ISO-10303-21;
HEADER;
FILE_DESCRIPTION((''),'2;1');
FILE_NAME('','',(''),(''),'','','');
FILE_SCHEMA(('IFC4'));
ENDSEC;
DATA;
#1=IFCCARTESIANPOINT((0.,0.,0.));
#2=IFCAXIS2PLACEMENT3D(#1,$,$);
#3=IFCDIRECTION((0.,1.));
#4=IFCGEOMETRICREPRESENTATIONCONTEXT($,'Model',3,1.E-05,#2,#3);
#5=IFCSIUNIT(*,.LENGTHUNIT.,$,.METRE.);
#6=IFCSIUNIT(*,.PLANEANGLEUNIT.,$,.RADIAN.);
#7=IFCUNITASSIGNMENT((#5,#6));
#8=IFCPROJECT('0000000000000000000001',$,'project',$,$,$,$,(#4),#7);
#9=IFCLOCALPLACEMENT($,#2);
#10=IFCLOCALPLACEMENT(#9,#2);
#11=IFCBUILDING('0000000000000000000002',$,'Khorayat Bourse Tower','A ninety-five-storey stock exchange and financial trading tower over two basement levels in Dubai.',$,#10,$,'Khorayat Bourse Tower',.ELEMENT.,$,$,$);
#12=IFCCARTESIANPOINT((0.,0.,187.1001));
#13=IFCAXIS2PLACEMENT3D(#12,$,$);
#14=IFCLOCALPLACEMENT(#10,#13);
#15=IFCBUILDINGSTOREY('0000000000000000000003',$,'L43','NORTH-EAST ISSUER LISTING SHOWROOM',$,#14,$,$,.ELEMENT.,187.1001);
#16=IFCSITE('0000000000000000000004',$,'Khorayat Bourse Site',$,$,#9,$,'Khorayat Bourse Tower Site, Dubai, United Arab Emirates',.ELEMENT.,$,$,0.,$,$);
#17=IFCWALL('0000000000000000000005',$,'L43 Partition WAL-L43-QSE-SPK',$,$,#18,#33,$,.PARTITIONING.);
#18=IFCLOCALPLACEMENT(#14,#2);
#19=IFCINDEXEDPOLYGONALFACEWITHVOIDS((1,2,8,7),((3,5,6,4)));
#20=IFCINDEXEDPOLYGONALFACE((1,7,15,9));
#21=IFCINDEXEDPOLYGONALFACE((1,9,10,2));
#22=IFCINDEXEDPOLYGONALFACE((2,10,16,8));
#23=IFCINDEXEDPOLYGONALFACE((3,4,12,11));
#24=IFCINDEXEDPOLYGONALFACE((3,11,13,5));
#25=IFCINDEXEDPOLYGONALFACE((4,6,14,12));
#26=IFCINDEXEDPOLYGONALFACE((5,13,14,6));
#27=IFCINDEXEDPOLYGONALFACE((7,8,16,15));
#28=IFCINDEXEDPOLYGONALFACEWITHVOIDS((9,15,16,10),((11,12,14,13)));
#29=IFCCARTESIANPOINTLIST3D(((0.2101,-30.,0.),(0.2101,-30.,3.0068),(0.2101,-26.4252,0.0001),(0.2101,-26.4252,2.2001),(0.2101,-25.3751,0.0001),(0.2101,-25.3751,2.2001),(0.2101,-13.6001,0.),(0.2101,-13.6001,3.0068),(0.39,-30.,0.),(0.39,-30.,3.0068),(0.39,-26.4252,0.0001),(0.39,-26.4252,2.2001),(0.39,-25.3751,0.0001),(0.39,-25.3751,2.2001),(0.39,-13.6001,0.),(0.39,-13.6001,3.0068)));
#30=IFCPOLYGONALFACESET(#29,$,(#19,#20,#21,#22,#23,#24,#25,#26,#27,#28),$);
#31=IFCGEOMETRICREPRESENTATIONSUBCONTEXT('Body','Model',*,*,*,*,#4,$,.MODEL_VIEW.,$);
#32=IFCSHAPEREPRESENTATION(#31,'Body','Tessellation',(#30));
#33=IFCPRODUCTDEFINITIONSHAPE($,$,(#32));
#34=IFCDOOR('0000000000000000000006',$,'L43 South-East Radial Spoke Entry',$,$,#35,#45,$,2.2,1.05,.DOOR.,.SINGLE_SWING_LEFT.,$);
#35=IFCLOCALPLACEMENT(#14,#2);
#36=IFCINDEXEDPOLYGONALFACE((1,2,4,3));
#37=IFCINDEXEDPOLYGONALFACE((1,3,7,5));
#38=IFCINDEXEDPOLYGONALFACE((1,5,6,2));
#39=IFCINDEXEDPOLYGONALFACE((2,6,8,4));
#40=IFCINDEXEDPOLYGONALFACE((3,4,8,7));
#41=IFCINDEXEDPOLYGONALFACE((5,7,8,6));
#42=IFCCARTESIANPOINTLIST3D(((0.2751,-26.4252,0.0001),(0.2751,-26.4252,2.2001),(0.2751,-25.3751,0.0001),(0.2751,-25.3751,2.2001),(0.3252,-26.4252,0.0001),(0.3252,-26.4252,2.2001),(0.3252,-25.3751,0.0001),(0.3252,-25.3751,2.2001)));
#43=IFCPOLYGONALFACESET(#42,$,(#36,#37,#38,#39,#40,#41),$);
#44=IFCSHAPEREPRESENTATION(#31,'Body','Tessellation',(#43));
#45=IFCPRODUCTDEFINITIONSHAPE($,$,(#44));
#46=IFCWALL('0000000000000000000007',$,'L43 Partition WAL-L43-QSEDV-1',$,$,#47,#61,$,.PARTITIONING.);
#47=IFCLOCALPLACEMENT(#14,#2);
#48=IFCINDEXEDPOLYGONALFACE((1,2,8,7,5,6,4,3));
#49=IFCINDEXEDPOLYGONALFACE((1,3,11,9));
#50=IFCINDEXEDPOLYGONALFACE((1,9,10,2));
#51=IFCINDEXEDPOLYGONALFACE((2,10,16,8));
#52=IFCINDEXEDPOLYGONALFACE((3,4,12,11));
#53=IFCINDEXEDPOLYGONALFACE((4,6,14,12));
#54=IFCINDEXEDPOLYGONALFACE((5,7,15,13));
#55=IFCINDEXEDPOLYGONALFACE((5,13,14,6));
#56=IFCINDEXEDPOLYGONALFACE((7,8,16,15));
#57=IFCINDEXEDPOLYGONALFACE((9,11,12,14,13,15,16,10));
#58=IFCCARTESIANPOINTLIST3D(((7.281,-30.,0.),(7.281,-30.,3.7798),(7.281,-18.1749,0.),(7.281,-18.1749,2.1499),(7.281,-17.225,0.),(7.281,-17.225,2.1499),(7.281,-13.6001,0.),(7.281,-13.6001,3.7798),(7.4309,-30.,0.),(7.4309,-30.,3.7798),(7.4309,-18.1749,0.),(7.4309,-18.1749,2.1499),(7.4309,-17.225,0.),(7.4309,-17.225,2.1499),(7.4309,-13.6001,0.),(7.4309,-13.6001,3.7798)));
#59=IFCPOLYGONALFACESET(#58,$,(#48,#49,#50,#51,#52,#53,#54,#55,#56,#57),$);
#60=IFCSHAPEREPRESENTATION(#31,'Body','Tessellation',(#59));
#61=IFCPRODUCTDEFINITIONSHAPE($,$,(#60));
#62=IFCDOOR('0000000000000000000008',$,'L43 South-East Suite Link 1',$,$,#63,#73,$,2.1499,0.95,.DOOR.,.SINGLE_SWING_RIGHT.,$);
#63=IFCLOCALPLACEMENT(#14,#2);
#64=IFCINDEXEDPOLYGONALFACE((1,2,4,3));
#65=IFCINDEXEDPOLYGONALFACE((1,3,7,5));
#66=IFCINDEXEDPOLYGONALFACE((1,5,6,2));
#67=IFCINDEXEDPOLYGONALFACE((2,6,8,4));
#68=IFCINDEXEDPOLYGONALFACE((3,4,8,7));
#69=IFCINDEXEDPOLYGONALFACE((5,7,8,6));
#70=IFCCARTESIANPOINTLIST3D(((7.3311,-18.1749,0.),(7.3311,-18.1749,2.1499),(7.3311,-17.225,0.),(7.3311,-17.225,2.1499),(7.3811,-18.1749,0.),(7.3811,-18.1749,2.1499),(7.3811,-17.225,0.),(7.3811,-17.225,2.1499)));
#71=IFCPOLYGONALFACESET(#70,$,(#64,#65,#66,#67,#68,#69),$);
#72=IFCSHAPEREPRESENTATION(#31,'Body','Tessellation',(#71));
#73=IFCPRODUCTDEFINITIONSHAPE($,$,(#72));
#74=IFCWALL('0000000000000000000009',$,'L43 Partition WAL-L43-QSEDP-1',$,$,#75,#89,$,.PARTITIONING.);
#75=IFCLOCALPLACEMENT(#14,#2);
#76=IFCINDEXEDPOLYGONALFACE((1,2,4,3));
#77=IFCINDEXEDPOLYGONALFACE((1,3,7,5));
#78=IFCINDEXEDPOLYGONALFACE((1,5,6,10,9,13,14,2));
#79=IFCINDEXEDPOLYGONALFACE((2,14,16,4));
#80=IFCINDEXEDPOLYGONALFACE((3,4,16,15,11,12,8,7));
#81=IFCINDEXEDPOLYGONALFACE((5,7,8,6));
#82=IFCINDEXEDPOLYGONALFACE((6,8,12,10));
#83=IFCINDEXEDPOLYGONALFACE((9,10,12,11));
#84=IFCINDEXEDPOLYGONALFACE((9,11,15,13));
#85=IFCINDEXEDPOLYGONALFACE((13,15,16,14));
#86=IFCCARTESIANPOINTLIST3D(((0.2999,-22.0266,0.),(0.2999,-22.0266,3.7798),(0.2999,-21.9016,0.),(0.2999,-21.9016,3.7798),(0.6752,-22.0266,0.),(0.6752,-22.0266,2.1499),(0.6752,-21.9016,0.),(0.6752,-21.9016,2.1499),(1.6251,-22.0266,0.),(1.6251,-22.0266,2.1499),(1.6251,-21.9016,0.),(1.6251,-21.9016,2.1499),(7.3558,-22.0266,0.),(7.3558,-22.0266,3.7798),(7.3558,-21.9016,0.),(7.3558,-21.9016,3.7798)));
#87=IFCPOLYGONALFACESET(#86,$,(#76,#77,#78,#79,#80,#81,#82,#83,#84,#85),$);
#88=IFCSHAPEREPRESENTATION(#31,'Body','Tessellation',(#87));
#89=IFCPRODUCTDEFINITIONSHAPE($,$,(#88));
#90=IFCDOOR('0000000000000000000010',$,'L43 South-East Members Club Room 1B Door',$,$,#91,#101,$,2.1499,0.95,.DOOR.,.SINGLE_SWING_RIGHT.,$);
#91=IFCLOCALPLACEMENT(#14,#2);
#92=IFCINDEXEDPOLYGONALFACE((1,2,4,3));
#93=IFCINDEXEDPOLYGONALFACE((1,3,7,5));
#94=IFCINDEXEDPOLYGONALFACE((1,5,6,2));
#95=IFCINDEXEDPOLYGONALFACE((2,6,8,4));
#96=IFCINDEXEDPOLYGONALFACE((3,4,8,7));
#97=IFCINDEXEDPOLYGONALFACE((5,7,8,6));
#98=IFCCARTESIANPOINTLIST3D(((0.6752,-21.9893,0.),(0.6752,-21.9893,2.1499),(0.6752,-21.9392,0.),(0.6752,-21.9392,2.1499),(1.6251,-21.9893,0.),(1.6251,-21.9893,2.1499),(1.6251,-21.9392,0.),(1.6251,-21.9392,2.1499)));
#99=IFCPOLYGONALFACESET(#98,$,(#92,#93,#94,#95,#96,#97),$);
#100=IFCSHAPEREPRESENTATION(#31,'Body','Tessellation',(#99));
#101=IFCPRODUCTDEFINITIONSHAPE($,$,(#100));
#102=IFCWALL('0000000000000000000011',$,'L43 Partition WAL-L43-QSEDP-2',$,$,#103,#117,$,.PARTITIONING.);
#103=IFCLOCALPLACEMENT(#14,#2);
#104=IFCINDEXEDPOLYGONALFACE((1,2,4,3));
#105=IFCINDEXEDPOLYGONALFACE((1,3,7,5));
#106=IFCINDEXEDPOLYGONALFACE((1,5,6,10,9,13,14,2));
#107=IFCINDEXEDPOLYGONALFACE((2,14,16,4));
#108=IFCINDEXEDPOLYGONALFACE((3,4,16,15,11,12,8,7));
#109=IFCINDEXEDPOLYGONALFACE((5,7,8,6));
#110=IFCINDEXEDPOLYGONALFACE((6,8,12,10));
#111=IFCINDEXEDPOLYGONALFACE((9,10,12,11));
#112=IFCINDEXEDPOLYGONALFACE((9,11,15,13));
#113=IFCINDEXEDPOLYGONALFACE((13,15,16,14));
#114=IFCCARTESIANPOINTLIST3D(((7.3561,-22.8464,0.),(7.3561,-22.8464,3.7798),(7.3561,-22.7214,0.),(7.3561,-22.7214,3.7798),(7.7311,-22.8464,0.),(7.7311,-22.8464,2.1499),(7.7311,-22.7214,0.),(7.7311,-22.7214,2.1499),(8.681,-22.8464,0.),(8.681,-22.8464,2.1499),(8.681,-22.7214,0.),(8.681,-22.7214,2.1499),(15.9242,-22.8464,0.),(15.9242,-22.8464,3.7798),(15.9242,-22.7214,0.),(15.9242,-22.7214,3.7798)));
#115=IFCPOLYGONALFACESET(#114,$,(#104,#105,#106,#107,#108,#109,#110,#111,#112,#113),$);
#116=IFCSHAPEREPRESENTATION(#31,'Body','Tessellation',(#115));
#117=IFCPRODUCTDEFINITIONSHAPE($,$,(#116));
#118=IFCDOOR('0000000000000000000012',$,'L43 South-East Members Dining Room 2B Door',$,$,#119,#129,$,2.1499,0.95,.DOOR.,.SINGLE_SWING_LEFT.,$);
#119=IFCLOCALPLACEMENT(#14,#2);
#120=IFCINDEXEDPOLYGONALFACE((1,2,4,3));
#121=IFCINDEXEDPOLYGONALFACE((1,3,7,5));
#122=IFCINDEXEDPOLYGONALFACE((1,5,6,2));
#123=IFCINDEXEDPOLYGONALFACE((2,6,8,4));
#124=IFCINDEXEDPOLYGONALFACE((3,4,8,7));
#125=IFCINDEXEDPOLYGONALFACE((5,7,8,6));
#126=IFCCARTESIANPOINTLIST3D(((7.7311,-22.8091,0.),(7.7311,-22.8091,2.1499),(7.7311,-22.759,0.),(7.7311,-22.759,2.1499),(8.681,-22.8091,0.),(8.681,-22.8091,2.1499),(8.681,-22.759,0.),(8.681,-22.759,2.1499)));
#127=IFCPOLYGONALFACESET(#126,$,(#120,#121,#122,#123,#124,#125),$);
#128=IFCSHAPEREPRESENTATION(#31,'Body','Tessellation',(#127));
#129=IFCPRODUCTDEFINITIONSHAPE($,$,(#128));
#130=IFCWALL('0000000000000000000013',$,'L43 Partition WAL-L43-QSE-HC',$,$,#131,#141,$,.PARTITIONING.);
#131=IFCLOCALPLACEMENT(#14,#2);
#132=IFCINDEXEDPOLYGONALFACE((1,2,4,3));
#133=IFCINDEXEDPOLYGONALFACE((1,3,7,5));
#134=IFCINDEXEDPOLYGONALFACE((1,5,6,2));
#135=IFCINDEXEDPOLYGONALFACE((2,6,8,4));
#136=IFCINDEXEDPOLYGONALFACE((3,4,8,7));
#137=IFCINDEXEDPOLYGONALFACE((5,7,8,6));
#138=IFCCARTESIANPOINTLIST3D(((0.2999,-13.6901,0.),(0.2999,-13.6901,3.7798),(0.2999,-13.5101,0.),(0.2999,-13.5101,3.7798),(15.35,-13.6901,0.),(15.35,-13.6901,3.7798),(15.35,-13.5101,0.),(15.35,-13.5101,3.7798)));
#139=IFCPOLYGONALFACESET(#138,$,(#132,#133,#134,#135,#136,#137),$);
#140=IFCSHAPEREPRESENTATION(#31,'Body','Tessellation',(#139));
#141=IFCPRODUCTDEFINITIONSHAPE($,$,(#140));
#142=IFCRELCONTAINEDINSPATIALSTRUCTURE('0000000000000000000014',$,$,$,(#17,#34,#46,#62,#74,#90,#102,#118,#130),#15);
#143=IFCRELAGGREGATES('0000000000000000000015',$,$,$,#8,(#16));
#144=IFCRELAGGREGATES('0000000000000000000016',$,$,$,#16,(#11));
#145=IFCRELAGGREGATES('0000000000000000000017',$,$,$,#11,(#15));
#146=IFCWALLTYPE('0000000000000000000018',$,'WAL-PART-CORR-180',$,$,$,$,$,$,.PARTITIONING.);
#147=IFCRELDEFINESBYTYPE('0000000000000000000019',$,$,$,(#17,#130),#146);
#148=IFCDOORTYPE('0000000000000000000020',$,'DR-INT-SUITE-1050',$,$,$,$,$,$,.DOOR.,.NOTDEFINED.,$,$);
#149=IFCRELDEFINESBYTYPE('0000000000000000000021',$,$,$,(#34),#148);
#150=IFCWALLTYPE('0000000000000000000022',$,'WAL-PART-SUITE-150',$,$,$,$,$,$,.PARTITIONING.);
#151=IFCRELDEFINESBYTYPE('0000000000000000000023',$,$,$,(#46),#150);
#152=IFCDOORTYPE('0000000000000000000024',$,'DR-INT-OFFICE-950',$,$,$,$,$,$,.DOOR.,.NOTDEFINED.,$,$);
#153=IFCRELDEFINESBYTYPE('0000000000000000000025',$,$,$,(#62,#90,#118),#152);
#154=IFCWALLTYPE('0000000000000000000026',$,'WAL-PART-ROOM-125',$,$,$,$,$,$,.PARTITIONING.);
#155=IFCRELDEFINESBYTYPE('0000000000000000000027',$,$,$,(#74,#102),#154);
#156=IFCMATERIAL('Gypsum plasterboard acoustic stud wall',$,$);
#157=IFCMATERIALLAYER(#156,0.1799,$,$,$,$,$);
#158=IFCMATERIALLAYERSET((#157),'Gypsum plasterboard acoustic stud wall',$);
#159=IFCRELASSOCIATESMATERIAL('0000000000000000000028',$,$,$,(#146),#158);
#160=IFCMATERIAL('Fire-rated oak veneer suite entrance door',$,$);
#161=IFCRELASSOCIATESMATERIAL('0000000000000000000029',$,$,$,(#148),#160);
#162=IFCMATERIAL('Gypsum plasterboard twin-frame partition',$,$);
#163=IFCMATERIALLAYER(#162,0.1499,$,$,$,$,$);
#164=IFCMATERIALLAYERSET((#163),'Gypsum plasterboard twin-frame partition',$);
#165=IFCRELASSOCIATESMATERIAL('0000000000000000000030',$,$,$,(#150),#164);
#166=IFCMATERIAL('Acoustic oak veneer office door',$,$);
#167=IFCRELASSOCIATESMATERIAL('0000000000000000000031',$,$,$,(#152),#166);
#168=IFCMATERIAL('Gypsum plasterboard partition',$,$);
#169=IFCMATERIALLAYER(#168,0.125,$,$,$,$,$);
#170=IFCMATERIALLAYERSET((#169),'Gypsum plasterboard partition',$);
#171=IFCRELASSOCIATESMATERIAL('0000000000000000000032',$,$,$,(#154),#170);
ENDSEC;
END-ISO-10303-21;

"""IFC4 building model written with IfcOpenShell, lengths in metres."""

from ifc_helpers import new_model, si_unit, direction, frame, frame_2d, origin, place, context, subcontext, project, spatial, rectangle, extrude, source, transform, mapped, material, layer, layer_set, type_object, element, fill, save


model = new_model("IFC4")

# Units and contexts
model_context = context("Model", 3, precision=1e-05, world=origin(), true_north=direction((0.0, 1.0)))
body_context = subcontext(model_context, "Body", "Model", "MODEL_VIEW")
ifc_project = project(units=[si_unit("LENGTHUNIT", "METRE"), si_unit("PLANEANGLEUNIT", "RADIAN")], contexts=[model_context])

# Site, building, storey
site_placement = place(None, origin())
site = spatial("IfcSite", under=ifc_project, at=site_placement, Name="Khorayat Bourse Site", LongName="Khorayat Bourse Tower Site, Dubai, United Arab Emirates", CompositionType="ELEMENT", RefElevation=0.0)
building_placement = place(site_placement, origin())
building = spatial("IfcBuilding", under=site, at=building_placement, Name="Khorayat Bourse Tower", Description="A ninety-five-storey stock exchange and financial trading tower over two basement levels in Dubai.", LongName="Khorayat Bourse Tower", CompositionType="ELEMENT")
storey_placement = place(building_placement, frame((0.0, 0.0, 187.1001)))
storey = spatial("IfcBuildingStorey", under=building, at=storey_placement, Name="L43", Description="NORTH-EAST ISSUER LISTING SHOWROOM", CompositionType="ELEMENT", Elevation=187.1001)

# Shared definitions
ifc_material_1 = material(Name="Gypsum plasterboard acoustic stud wall")
ifc_layer_1 = layer(ifc_material_1, 0.1799)
ifc_layer_set_1 = layer_set([ifc_layer_1], Name="Gypsum plasterboard acoustic stud wall")
wall_type_1 = type_object("IfcWallType", Name="WAL-PART-CORR-180", PredefinedType="PARTITIONING", material=ifc_layer_set_1)

# Walls, openings, doors
shared_shape_1 = source(origin(), body_context, "Body", "SweptSolid", [
    extrude(rectangle(XDim=16.3999, YDim=0.1799, at=frame_2d((8.2, 0.0))), origin(), (0.0, 0.0, 1.0), 3.0068),
])
wall_1_placement = place(storey_placement, frame((0.3, -30.0, 0.0), z_axis=(0.0, 0.0, 1.0), x_axis=(0.0, 1.0, 0.0)))
wall_1 = element("IfcWall", 1, at=wall_1_placement, inside=storey, type_object=wall_type_1, Name="L43 Partition WAL-L43-QSE-SPK", PredefinedType="PARTITIONING", context=body_context, shape_type="MappedRepresentation", body=[
    mapped(shared_shape_1, transform((0.0, 0.0, 0.0), scale=1.0)),
])
shared_shape_2 = source(origin(), body_context, "Body", "SweptSolid", [
    extrude(rectangle(XDim=1.05, YDim=2.2, at=frame_2d((0.5249, 1.1001))), frame((0.0, 0.0999, 0.0), z_axis=(0.0, -1.0, 0.0), x_axis=(1.0, 0.0, 0.0)), (0.0, 0.0, 1.0), 0.2),
])
opening_1_placement = place(wall_1_placement, frame((3.575, 0.0, 0.0)))
opening_1 = element("IfcOpeningElement", 2, at=opening_1_placement, cuts=wall_1, PredefinedType="OPENING", context=body_context, shape_type="MappedRepresentation", body=[
    mapped(shared_shape_2, transform((0.0, 0.0, 0.0), scale=1.0)),
])
ifc_material_2 = material(Name="Fire-rated oak veneer suite entrance door")
door_type_1 = type_object("IfcDoorType", Name="DR-INT-SUITE-1050", OperationType="NOTDEFINED", PredefinedType="DOOR", material=ifc_material_2)
shared_shape_3 = source(origin(), body_context, "Body", "SweptSolid", [
    extrude(rectangle(XDim=1.05, YDim=2.2, at=frame_2d((0.5249, 1.1001))), frame((0.0, 0.0249, 0.0), z_axis=(0.0, -1.0, 0.0), x_axis=(1.0, 0.0, 0.0)), (0.0, 0.0, 1.0), 0.05),
])
door_1_placement = place(opening_1_placement, origin())
door_1 = element("IfcDoor", 3, at=door_1_placement, inside=storey, type_object=door_type_1, Name="L43 South-East Radial Spoke Entry", OperationType="SINGLE_SWING_LEFT", OverallHeight=2.2, OverallWidth=1.05, PredefinedType="DOOR", context=body_context, shape_type="MappedRepresentation", body=[
    mapped(shared_shape_3, transform((0.0, 0.0, 0.0), scale=1.0)),
])
fill(opening_1, door_1)
ifc_material_3 = material(Name="Gypsum plasterboard twin-frame partition")
ifc_layer_2 = layer(ifc_material_3, 0.1499)
ifc_layer_set_2 = layer_set([ifc_layer_2], Name="Gypsum plasterboard twin-frame partition")
wall_type_2 = type_object("IfcWallType", Name="WAL-PART-SUITE-150", PredefinedType="PARTITIONING", material=ifc_layer_set_2)
shared_shape_4 = source(origin(), body_context, "Body", "SweptSolid", [
    extrude(rectangle(XDim=16.3999, YDim=0.1499, at=frame_2d((8.2, 0.0))), origin(), (0.0, 0.0, 1.0), 3.7798),
])
wall_2_placement = place(storey_placement, frame((7.356, -30.0, 0.0), z_axis=(0.0, 0.0, 1.0), x_axis=(0.0, 1.0, 0.0)))
wall_2 = element("IfcWall", 4, at=wall_2_placement, inside=storey, type_object=wall_type_2, Name="L43 Partition WAL-L43-QSEDV-1", PredefinedType="PARTITIONING", context=body_context, shape_type="MappedRepresentation", body=[
    mapped(shared_shape_4, transform((0.0, 0.0, 0.0), scale=1.0)),
])
shared_shape_5 = source(origin(), body_context, "Body", "SweptSolid", [
    extrude(rectangle(XDim=0.95, YDim=2.1499, at=frame_2d((0.4751, 1.075))), frame((0.0, 0.085, 0.0), z_axis=(0.0, -1.0, 0.0), x_axis=(1.0, 0.0, 0.0)), (0.0, 0.0, 1.0), 0.1699),
])
opening_2_placement = place(wall_2_placement, frame((11.825, 0.0, 0.0)))
opening_2 = element("IfcOpeningElement", 5, at=opening_2_placement, cuts=wall_2, PredefinedType="OPENING", context=body_context, shape_type="MappedRepresentation", body=[
    mapped(shared_shape_5, transform((0.0, 0.0, 0.0), scale=1.0)),
])
ifc_material_4 = material(Name="Acoustic oak veneer office door")
door_type_2 = type_object("IfcDoorType", Name="DR-INT-OFFICE-950", OperationType="NOTDEFINED", PredefinedType="DOOR", material=ifc_material_4)
shared_shape_6 = source(origin(), body_context, "Body", "SweptSolid", [
    extrude(rectangle(XDim=0.95, YDim=2.1499, at=frame_2d((0.4751, 1.075))), frame((0.0, 0.0249, 0.0), z_axis=(0.0, -1.0, 0.0), x_axis=(1.0, 0.0, 0.0)), (0.0, 0.0, 1.0), 0.05),
])
door_2_placement = place(opening_2_placement, origin())
door_2 = element("IfcDoor", 6, at=door_2_placement, inside=storey, type_object=door_type_2, Name="L43 South-East Suite Link 1", OperationType="SINGLE_SWING_RIGHT", OverallHeight=2.1499, OverallWidth=0.95, PredefinedType="DOOR", context=body_context, shape_type="MappedRepresentation", body=[
    mapped(shared_shape_6, transform((0.0, 0.0, 0.0), scale=1.0)),
])
fill(opening_2, door_2)
ifc_material_5 = material(Name="Gypsum plasterboard partition")
ifc_layer_3 = layer(ifc_material_5, 0.125)
ifc_layer_set_3 = layer_set([ifc_layer_3], Name="Gypsum plasterboard partition")
wall_type_3 = type_object("IfcWallType", Name="WAL-PART-ROOM-125", PredefinedType="PARTITIONING", material=ifc_layer_set_3)
shared_shape_7 = source(origin(), body_context, "Body", "SweptSolid", [
    extrude(rectangle(XDim=7.0559, YDim=0.125, at=frame_2d((3.5278, 0.0))), origin(), (0.0, 0.0, 1.0), 3.7798),
])
wall_3_placement = place(storey_placement, frame((0.3, -21.9641, 0.0), z_axis=(0.0, 0.0, 1.0), x_axis=(1.0, 0.0, 0.0)))
wall_3 = element("IfcWall", 7, at=wall_3_placement, inside=storey, type_object=wall_type_3, Name="L43 Partition WAL-L43-QSEDP-1", PredefinedType="PARTITIONING", context=body_context, shape_type="MappedRepresentation", body=[
    mapped(shared_shape_7, transform((0.0, 0.0, 0.0), scale=1.0)),
])
shared_shape_8 = source(origin(), body_context, "Body", "SweptSolid", [
    extrude(rectangle(XDim=0.95, YDim=2.1499, at=frame_2d((0.4751, 1.075))), frame((0.0, 0.0725, 0.0), z_axis=(0.0, -1.0, 0.0), x_axis=(1.0, 0.0, 0.0)), (0.0, 0.0, 1.0), 0.145),
])
opening_3_placement = place(wall_3_placement, frame((0.375, 0.0, 0.0)))
opening_3 = element("IfcOpeningElement", 8, at=opening_3_placement, cuts=wall_3, PredefinedType="OPENING", context=body_context, shape_type="MappedRepresentation", body=[
    mapped(shared_shape_8, transform((0.0, 0.0, 0.0), scale=1.0)),
])
door_3_placement = place(opening_3_placement, origin())
door_3 = element("IfcDoor", 9, at=door_3_placement, inside=storey, type_object=door_type_2, Name="L43 South-East Members Club Room 1B Door", OperationType="SINGLE_SWING_RIGHT", OverallHeight=2.1499, OverallWidth=0.95, PredefinedType="DOOR", context=body_context, shape_type="MappedRepresentation", body=[
    mapped(shared_shape_6, transform((0.0, 0.0, 0.0), scale=1.0)),
])
fill(opening_3, door_3)
shared_shape_9 = source(origin(), body_context, "Body", "SweptSolid", [
    extrude(rectangle(XDim=8.5681, YDim=0.125, at=frame_2d((4.2842, 0.0))), origin(), (0.0, 0.0, 1.0), 3.7798),
])
wall_4_placement = place(storey_placement, frame((7.356, -22.7839, 0.0), z_axis=(0.0, 0.0, 1.0), x_axis=(1.0, 0.0, 0.0)))
wall_4 = element("IfcWall", 10, at=wall_4_placement, inside=storey, type_object=wall_type_3, Name="L43 Partition WAL-L43-QSEDP-2", PredefinedType="PARTITIONING", context=body_context, shape_type="MappedRepresentation", body=[
    mapped(shared_shape_9, transform((0.0, 0.0, 0.0), scale=1.0)),
])
opening_4_placement = place(wall_4_placement, frame((0.375, 0.0, 0.0)))
opening_4 = element("IfcOpeningElement", 11, at=opening_4_placement, cuts=wall_4, PredefinedType="OPENING", context=body_context, shape_type="MappedRepresentation", body=[
    mapped(shared_shape_8, transform((0.0, 0.0, 0.0), scale=1.0)),
])
door_4_placement = place(opening_4_placement, origin())
door_4 = element("IfcDoor", 12, at=door_4_placement, inside=storey, type_object=door_type_2, Name="L43 South-East Members Dining Room 2B Door", OperationType="SINGLE_SWING_LEFT", OverallHeight=2.1499, OverallWidth=0.95, PredefinedType="DOOR", context=body_context, shape_type="MappedRepresentation", body=[
    mapped(shared_shape_6, transform((0.0, 0.0, 0.0), scale=1.0)),
])
fill(opening_4, door_4)

# Wall
shared_shape_10 = source(origin(), body_context, "Body", "SweptSolid", [
    extrude(rectangle(XDim=15.05, YDim=0.1799, at=frame_2d((7.5249, 0.0))), origin(), (0.0, 0.0, 1.0), 3.7798),
])
wall_5_placement = place(storey_placement, frame((0.3, -13.6001, 0.0), z_axis=(0.0, 0.0, 1.0), x_axis=(1.0, 0.0, 0.0)))
element("IfcWall", 13, at=wall_5_placement, inside=storey, type_object=wall_type_1, Name="L43 Partition WAL-L43-QSE-HC", PredefinedType="PARTITIONING", context=body_context, shape_type="MappedRepresentation", body=[
    mapped(shared_shape_10, transform((0.0, 0.0, 0.0), scale=1.0)),
])

save(model, "model.ifc")
